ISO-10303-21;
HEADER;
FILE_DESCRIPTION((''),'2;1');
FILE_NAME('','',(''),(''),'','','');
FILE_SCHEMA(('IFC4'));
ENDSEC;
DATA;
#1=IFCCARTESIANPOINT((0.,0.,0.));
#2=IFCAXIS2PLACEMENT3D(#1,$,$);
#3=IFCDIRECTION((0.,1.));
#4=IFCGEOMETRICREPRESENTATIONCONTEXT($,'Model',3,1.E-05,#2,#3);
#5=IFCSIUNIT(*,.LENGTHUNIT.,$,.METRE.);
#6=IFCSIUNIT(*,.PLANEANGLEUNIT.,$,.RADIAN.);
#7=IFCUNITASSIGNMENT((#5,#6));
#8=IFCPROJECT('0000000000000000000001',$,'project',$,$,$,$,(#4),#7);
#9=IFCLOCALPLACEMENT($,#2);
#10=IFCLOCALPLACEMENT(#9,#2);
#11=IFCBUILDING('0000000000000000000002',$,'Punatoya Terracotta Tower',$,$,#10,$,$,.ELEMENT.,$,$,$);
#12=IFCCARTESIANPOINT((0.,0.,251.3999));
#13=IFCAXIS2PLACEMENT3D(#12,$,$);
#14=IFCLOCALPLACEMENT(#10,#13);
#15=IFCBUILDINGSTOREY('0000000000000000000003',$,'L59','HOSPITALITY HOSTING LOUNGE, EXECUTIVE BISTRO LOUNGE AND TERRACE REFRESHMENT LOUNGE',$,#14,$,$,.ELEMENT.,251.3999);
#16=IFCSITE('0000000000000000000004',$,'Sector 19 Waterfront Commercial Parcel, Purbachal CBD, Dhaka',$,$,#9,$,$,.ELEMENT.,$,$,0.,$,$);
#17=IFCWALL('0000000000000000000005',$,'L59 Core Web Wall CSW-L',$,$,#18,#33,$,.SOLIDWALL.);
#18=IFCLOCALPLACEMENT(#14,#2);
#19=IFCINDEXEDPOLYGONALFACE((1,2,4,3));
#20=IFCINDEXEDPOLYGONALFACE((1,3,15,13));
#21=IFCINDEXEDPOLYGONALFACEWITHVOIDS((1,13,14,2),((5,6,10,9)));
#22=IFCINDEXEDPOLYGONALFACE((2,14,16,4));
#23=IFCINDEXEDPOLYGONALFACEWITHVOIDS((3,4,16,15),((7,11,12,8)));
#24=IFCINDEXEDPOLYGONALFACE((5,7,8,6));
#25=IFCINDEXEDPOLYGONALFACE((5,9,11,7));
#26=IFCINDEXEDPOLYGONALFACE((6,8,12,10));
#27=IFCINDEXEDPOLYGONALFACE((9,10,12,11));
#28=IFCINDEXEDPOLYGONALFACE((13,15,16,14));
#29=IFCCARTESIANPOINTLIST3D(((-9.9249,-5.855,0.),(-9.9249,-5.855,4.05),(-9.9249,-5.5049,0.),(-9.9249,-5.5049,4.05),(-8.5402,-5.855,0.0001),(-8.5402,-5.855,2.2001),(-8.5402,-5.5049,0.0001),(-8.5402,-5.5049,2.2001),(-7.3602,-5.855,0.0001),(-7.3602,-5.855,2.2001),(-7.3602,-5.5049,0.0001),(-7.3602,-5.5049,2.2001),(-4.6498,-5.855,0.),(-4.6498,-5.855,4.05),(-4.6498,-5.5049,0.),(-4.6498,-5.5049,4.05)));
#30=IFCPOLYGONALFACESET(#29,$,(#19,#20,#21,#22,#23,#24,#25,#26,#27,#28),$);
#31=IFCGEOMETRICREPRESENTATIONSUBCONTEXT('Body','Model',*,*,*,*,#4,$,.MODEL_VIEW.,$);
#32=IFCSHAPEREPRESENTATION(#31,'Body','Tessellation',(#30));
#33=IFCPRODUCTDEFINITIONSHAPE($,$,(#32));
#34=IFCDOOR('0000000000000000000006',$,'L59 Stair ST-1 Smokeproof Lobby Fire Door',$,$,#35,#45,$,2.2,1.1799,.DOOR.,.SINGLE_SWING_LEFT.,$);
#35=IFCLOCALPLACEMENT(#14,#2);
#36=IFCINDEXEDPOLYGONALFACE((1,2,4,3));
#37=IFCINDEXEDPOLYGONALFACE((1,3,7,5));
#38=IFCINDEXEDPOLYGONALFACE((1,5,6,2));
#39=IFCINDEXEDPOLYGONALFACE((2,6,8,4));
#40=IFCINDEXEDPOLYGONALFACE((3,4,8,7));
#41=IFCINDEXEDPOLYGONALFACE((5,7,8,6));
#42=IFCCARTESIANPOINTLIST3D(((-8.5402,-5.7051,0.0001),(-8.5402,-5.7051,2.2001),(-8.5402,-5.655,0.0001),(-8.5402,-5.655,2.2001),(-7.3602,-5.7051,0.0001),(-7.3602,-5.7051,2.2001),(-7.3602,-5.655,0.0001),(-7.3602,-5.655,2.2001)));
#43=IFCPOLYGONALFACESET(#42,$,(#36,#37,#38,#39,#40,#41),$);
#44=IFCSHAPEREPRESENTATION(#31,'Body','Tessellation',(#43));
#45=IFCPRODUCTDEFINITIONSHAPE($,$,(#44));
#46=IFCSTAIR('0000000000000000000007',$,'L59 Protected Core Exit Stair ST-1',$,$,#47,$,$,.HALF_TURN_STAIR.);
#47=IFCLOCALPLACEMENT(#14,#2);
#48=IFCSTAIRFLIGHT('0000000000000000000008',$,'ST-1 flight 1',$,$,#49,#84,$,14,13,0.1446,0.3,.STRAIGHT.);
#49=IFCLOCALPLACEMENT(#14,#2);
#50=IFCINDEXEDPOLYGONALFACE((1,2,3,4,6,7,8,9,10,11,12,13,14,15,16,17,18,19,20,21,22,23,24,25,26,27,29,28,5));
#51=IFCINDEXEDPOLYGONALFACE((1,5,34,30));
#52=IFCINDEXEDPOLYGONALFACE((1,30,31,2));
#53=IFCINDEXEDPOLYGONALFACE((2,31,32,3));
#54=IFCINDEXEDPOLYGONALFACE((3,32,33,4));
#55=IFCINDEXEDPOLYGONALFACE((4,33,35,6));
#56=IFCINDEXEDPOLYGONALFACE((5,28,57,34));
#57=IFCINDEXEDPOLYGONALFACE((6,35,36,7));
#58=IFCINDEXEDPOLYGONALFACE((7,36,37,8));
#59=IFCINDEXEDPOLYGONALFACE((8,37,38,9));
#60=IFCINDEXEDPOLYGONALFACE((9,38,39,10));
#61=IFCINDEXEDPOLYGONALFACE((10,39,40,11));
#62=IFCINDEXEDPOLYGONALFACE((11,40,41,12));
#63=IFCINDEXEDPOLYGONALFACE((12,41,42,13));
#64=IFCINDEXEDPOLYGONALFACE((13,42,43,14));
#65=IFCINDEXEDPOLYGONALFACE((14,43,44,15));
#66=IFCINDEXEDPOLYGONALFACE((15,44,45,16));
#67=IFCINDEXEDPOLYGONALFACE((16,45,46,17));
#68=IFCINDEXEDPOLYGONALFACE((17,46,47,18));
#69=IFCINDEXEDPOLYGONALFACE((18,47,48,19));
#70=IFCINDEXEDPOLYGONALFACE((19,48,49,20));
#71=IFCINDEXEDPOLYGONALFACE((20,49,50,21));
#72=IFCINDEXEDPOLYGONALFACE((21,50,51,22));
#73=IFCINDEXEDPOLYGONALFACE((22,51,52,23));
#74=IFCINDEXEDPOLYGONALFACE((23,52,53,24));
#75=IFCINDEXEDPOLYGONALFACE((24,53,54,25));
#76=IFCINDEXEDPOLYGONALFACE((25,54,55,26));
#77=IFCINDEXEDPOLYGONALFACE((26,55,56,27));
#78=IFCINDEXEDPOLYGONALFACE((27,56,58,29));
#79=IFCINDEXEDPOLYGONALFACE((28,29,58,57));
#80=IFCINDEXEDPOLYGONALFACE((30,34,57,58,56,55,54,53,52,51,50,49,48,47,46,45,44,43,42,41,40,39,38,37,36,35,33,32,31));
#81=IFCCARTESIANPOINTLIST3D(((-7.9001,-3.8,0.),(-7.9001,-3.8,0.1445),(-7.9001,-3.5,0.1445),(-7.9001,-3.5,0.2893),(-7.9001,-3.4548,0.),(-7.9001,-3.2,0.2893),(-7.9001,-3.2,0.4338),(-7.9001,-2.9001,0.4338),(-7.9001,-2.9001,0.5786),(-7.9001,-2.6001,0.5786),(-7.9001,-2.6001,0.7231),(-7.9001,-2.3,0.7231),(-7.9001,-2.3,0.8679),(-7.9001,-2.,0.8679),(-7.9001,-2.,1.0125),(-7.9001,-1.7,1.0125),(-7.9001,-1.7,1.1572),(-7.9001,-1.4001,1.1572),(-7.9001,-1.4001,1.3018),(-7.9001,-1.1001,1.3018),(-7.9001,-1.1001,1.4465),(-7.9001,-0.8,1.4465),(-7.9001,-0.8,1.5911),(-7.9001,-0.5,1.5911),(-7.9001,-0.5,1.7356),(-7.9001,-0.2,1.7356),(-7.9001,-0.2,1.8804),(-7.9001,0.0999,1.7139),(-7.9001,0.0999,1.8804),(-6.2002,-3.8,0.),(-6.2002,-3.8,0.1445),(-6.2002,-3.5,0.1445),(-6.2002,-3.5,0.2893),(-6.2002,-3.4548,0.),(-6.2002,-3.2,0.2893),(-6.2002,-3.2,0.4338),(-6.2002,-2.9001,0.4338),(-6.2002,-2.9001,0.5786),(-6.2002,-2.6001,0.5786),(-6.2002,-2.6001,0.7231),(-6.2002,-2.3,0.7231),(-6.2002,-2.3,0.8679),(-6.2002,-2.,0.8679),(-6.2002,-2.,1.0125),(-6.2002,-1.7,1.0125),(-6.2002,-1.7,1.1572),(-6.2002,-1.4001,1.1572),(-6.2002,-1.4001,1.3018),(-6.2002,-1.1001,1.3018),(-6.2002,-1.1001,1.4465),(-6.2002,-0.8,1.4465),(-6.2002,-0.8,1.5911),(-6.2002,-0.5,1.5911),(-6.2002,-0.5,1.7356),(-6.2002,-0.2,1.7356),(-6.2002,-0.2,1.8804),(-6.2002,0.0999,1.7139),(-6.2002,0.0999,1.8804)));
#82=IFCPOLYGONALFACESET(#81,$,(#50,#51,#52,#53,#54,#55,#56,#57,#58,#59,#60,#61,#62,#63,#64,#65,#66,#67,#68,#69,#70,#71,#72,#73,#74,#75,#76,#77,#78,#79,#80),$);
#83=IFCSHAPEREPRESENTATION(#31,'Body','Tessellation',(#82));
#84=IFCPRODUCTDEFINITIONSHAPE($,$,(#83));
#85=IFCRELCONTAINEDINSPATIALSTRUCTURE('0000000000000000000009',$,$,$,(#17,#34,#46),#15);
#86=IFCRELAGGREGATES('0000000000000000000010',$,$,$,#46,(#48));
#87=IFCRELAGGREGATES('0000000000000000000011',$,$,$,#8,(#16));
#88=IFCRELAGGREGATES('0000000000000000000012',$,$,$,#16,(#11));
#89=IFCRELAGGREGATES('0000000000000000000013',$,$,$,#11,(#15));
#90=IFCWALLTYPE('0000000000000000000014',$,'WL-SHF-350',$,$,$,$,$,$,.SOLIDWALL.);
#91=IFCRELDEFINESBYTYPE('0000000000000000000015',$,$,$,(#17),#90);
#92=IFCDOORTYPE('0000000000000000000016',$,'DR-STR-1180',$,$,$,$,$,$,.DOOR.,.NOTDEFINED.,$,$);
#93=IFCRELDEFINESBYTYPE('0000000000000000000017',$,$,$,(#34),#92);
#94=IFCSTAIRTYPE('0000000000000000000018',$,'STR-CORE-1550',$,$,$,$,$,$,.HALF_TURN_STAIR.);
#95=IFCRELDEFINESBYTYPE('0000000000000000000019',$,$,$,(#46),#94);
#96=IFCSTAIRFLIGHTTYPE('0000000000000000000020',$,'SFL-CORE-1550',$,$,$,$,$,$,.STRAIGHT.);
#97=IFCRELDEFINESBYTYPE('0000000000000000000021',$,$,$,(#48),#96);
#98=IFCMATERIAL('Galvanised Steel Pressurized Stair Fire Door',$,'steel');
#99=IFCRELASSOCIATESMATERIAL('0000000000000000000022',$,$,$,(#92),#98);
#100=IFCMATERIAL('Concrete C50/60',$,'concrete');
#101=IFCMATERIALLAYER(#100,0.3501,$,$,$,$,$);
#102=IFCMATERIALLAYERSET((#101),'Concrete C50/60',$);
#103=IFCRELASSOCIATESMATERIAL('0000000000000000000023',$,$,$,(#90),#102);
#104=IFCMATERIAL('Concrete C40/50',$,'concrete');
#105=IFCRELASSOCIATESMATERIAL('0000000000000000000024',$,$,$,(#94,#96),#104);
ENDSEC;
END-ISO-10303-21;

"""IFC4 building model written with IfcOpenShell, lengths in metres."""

from ifc_helpers import new_model, si_unit, direction, frame, frame_2d, origin, place, context, subcontext, project, spatial, polyline, rectangle, outline, extrude, material, layer, layer_set, type_object, element, fill, aggregate, save


model = new_model("IFC4")

# Units and contexts
model_context = context("Model", 3, precision=1e-05, world=origin(), true_north=direction((0.0, 1.0)))
body_context = subcontext(model_context, "Body", "Model", "MODEL_VIEW")
ifc_project = project(units=[si_unit("LENGTHUNIT", "METRE"), si_unit("PLANEANGLEUNIT", "RADIAN")], contexts=[model_context])

# Site, building, storey
site_placement = place(None, origin())
site = spatial("IfcSite", under=ifc_project, at=site_placement, Name="Sector 19 Waterfront Commercial Parcel, Purbachal CBD, Dhaka", CompositionType="ELEMENT", RefElevation=0.0)
building_placement = place(site_placement, origin())
building = spatial("IfcBuilding", under=site, at=building_placement, Name="Punatoya Terracotta Tower", CompositionType="ELEMENT")
storey_placement = place(building_placement, frame((0.0, 0.0, 251.3999)))
storey = spatial("IfcBuildingStorey", under=building, at=storey_placement, Name="L59", Description="HOSPITALITY HOSTING LOUNGE, EXECUTIVE BISTRO LOUNGE AND TERRACE REFRESHMENT LOUNGE", CompositionType="ELEMENT", Elevation=251.3999)

# Shared definitions
ifc_material_1 = material(Name="Concrete C50/60", Category="concrete")

# Shared definitions
ifc_material_2 = material(Name="Concrete C40/50", Category="concrete")

# Shared definitions
ifc_material_3 = material(Name="Galvanised Steel Pressurized Stair Fire Door", Category="steel")
door_type_1 = type_object("IfcDoorType", Name="DR-STR-1180", OperationType="NOTDEFINED", PredefinedType="DOOR", material=ifc_material_3)

# Wall, opening, door
ifc_layer_1 = layer(ifc_material_1, 0.3501)
ifc_layer_set_1 = layer_set([ifc_layer_1], Name="Concrete C50/60")
wall_type_1 = type_object("IfcWallType", Name="WL-SHF-350", PredefinedType="SOLIDWALL", material=ifc_layer_set_1)
wall_1_placement = place(storey_placement, frame((-9.925, -5.6799, 0.0), z_axis=(0.0, 0.0, 1.0), x_axis=(1.0, 0.0, 0.0)))
wall_1 = element("IfcWall", 1, at=wall_1_placement, inside=storey, type_object=wall_type_1, Name="L59 Core Web Wall CSW-L", PredefinedType="SOLIDWALL", context=body_context, shape_type="SweptSolid", body=[
    extrude(rectangle(XDim=5.2751, YDim=0.3501, at=frame_2d((2.6377, 0.0))), origin(), (0.0, 0.0, 1.0), 4.05),
])
opening_1_placement = place(wall_1_placement, frame((1.385, 0.0, 0.0)))
opening_1 = element("IfcOpeningElement", 2, at=opening_1_placement, cuts=wall_1, PredefinedType="OPENING", context=body_context, shape_type="SweptSolid", body=[
    extrude(rectangle(XDim=1.1799, YDim=2.2, at=frame_2d((0.5898, 1.1001))), frame((0.0, 0.1851, 0.0), z_axis=(0.0, -1.0, 0.0), x_axis=(1.0, 0.0, 0.0)), (0.0, 0.0, 1.0), 0.3701),
])
door_1_placement = place(opening_1_placement, origin())
door_1 = element("IfcDoor", 3, at=door_1_placement, inside=storey, type_object=door_type_1, Name="L59 Stair ST-1 Smokeproof Lobby Fire Door", OperationType="SINGLE_SWING_LEFT", OverallHeight=2.2, OverallWidth=1.1799, PredefinedType="DOOR", context=body_context, shape_type="SweptSolid", body=[
    extrude(rectangle(XDim=1.1799, YDim=2.2, at=frame_2d((0.5898, 1.1001))), frame((0.0, 0.0249, 0.0), z_axis=(0.0, -1.0, 0.0), x_axis=(1.0, 0.0, 0.0)), (0.0, 0.0, 1.0), 0.05),
])
fill(opening_1, door_1)

# Stair, stair flight
stair_type = type_object("IfcStairType", Name="STR-CORE-1550", PredefinedType="HALF_TURN_STAIR", material=ifc_material_2)
stair_placement = place(storey_placement, origin())
stair = element("IfcStair", 4, at=stair_placement, inside=storey, type_object=stair_type, Name="L59 Protected Core Exit Stair ST-1", PredefinedType="HALF_TURN_STAIR")
stair_flight_type = type_object("IfcStairFlightType", Name="SFL-CORE-1550", PredefinedType="STRAIGHT", material=ifc_material_2)
stair_flight_placement = place(storey_placement, frame((-7.05, -3.8, 0.0), z_axis=(0.0, 0.0, 1.0), x_axis=(0.0, 1.0, 0.0)))
stair_flight = element("IfcStairFlight", 5, at=stair_flight_placement, type_object=stair_flight_type, Name="ST-1 flight 1", NumberOfRisers=14, NumberOfTreads=13, PredefinedType="STRAIGHT", RiserHeight=0.1446, TreadLength=0.3, context=body_context, shape_type="SweptSolid", body=[
    extrude(outline(polyline([(0.0, 0.0), (0.0, 0.1445), (0.3, 0.1445), (0.3, 0.2893), (0.6001, 0.2893), (0.6001, 0.4338), (0.8999, 0.4338), (0.8999, 0.5786), (1.2, 0.5786), (1.2, 0.7231), (1.5, 0.7231), (1.5, 0.8679), (1.8, 0.8679), (1.8, 1.0125), (2.1001, 1.0125), (2.1001, 1.1572), (2.3999, 1.1572), (2.3999, 1.3018), (2.7, 1.3018), (2.7, 1.4465), (3.0, 1.4465), (3.0, 1.5911), (3.3, 1.5911), (3.3, 1.7356), (3.6001, 1.7356), (3.6001, 1.8804), (3.8999, 1.8804), (3.8999, 2.0249), (3.8999, 1.7139), (0.3452, 0.0), (0.0, 0.0)])), frame((0.0, 0.8501, 0.0), z_axis=(0.0, -1.0, 0.0), x_axis=(1.0, 0.0, 0.0)), (0.0, 0.0, 1.0), 1.7),
])
aggregate(stair, [stair_flight])

save(model, "model.ifc")
